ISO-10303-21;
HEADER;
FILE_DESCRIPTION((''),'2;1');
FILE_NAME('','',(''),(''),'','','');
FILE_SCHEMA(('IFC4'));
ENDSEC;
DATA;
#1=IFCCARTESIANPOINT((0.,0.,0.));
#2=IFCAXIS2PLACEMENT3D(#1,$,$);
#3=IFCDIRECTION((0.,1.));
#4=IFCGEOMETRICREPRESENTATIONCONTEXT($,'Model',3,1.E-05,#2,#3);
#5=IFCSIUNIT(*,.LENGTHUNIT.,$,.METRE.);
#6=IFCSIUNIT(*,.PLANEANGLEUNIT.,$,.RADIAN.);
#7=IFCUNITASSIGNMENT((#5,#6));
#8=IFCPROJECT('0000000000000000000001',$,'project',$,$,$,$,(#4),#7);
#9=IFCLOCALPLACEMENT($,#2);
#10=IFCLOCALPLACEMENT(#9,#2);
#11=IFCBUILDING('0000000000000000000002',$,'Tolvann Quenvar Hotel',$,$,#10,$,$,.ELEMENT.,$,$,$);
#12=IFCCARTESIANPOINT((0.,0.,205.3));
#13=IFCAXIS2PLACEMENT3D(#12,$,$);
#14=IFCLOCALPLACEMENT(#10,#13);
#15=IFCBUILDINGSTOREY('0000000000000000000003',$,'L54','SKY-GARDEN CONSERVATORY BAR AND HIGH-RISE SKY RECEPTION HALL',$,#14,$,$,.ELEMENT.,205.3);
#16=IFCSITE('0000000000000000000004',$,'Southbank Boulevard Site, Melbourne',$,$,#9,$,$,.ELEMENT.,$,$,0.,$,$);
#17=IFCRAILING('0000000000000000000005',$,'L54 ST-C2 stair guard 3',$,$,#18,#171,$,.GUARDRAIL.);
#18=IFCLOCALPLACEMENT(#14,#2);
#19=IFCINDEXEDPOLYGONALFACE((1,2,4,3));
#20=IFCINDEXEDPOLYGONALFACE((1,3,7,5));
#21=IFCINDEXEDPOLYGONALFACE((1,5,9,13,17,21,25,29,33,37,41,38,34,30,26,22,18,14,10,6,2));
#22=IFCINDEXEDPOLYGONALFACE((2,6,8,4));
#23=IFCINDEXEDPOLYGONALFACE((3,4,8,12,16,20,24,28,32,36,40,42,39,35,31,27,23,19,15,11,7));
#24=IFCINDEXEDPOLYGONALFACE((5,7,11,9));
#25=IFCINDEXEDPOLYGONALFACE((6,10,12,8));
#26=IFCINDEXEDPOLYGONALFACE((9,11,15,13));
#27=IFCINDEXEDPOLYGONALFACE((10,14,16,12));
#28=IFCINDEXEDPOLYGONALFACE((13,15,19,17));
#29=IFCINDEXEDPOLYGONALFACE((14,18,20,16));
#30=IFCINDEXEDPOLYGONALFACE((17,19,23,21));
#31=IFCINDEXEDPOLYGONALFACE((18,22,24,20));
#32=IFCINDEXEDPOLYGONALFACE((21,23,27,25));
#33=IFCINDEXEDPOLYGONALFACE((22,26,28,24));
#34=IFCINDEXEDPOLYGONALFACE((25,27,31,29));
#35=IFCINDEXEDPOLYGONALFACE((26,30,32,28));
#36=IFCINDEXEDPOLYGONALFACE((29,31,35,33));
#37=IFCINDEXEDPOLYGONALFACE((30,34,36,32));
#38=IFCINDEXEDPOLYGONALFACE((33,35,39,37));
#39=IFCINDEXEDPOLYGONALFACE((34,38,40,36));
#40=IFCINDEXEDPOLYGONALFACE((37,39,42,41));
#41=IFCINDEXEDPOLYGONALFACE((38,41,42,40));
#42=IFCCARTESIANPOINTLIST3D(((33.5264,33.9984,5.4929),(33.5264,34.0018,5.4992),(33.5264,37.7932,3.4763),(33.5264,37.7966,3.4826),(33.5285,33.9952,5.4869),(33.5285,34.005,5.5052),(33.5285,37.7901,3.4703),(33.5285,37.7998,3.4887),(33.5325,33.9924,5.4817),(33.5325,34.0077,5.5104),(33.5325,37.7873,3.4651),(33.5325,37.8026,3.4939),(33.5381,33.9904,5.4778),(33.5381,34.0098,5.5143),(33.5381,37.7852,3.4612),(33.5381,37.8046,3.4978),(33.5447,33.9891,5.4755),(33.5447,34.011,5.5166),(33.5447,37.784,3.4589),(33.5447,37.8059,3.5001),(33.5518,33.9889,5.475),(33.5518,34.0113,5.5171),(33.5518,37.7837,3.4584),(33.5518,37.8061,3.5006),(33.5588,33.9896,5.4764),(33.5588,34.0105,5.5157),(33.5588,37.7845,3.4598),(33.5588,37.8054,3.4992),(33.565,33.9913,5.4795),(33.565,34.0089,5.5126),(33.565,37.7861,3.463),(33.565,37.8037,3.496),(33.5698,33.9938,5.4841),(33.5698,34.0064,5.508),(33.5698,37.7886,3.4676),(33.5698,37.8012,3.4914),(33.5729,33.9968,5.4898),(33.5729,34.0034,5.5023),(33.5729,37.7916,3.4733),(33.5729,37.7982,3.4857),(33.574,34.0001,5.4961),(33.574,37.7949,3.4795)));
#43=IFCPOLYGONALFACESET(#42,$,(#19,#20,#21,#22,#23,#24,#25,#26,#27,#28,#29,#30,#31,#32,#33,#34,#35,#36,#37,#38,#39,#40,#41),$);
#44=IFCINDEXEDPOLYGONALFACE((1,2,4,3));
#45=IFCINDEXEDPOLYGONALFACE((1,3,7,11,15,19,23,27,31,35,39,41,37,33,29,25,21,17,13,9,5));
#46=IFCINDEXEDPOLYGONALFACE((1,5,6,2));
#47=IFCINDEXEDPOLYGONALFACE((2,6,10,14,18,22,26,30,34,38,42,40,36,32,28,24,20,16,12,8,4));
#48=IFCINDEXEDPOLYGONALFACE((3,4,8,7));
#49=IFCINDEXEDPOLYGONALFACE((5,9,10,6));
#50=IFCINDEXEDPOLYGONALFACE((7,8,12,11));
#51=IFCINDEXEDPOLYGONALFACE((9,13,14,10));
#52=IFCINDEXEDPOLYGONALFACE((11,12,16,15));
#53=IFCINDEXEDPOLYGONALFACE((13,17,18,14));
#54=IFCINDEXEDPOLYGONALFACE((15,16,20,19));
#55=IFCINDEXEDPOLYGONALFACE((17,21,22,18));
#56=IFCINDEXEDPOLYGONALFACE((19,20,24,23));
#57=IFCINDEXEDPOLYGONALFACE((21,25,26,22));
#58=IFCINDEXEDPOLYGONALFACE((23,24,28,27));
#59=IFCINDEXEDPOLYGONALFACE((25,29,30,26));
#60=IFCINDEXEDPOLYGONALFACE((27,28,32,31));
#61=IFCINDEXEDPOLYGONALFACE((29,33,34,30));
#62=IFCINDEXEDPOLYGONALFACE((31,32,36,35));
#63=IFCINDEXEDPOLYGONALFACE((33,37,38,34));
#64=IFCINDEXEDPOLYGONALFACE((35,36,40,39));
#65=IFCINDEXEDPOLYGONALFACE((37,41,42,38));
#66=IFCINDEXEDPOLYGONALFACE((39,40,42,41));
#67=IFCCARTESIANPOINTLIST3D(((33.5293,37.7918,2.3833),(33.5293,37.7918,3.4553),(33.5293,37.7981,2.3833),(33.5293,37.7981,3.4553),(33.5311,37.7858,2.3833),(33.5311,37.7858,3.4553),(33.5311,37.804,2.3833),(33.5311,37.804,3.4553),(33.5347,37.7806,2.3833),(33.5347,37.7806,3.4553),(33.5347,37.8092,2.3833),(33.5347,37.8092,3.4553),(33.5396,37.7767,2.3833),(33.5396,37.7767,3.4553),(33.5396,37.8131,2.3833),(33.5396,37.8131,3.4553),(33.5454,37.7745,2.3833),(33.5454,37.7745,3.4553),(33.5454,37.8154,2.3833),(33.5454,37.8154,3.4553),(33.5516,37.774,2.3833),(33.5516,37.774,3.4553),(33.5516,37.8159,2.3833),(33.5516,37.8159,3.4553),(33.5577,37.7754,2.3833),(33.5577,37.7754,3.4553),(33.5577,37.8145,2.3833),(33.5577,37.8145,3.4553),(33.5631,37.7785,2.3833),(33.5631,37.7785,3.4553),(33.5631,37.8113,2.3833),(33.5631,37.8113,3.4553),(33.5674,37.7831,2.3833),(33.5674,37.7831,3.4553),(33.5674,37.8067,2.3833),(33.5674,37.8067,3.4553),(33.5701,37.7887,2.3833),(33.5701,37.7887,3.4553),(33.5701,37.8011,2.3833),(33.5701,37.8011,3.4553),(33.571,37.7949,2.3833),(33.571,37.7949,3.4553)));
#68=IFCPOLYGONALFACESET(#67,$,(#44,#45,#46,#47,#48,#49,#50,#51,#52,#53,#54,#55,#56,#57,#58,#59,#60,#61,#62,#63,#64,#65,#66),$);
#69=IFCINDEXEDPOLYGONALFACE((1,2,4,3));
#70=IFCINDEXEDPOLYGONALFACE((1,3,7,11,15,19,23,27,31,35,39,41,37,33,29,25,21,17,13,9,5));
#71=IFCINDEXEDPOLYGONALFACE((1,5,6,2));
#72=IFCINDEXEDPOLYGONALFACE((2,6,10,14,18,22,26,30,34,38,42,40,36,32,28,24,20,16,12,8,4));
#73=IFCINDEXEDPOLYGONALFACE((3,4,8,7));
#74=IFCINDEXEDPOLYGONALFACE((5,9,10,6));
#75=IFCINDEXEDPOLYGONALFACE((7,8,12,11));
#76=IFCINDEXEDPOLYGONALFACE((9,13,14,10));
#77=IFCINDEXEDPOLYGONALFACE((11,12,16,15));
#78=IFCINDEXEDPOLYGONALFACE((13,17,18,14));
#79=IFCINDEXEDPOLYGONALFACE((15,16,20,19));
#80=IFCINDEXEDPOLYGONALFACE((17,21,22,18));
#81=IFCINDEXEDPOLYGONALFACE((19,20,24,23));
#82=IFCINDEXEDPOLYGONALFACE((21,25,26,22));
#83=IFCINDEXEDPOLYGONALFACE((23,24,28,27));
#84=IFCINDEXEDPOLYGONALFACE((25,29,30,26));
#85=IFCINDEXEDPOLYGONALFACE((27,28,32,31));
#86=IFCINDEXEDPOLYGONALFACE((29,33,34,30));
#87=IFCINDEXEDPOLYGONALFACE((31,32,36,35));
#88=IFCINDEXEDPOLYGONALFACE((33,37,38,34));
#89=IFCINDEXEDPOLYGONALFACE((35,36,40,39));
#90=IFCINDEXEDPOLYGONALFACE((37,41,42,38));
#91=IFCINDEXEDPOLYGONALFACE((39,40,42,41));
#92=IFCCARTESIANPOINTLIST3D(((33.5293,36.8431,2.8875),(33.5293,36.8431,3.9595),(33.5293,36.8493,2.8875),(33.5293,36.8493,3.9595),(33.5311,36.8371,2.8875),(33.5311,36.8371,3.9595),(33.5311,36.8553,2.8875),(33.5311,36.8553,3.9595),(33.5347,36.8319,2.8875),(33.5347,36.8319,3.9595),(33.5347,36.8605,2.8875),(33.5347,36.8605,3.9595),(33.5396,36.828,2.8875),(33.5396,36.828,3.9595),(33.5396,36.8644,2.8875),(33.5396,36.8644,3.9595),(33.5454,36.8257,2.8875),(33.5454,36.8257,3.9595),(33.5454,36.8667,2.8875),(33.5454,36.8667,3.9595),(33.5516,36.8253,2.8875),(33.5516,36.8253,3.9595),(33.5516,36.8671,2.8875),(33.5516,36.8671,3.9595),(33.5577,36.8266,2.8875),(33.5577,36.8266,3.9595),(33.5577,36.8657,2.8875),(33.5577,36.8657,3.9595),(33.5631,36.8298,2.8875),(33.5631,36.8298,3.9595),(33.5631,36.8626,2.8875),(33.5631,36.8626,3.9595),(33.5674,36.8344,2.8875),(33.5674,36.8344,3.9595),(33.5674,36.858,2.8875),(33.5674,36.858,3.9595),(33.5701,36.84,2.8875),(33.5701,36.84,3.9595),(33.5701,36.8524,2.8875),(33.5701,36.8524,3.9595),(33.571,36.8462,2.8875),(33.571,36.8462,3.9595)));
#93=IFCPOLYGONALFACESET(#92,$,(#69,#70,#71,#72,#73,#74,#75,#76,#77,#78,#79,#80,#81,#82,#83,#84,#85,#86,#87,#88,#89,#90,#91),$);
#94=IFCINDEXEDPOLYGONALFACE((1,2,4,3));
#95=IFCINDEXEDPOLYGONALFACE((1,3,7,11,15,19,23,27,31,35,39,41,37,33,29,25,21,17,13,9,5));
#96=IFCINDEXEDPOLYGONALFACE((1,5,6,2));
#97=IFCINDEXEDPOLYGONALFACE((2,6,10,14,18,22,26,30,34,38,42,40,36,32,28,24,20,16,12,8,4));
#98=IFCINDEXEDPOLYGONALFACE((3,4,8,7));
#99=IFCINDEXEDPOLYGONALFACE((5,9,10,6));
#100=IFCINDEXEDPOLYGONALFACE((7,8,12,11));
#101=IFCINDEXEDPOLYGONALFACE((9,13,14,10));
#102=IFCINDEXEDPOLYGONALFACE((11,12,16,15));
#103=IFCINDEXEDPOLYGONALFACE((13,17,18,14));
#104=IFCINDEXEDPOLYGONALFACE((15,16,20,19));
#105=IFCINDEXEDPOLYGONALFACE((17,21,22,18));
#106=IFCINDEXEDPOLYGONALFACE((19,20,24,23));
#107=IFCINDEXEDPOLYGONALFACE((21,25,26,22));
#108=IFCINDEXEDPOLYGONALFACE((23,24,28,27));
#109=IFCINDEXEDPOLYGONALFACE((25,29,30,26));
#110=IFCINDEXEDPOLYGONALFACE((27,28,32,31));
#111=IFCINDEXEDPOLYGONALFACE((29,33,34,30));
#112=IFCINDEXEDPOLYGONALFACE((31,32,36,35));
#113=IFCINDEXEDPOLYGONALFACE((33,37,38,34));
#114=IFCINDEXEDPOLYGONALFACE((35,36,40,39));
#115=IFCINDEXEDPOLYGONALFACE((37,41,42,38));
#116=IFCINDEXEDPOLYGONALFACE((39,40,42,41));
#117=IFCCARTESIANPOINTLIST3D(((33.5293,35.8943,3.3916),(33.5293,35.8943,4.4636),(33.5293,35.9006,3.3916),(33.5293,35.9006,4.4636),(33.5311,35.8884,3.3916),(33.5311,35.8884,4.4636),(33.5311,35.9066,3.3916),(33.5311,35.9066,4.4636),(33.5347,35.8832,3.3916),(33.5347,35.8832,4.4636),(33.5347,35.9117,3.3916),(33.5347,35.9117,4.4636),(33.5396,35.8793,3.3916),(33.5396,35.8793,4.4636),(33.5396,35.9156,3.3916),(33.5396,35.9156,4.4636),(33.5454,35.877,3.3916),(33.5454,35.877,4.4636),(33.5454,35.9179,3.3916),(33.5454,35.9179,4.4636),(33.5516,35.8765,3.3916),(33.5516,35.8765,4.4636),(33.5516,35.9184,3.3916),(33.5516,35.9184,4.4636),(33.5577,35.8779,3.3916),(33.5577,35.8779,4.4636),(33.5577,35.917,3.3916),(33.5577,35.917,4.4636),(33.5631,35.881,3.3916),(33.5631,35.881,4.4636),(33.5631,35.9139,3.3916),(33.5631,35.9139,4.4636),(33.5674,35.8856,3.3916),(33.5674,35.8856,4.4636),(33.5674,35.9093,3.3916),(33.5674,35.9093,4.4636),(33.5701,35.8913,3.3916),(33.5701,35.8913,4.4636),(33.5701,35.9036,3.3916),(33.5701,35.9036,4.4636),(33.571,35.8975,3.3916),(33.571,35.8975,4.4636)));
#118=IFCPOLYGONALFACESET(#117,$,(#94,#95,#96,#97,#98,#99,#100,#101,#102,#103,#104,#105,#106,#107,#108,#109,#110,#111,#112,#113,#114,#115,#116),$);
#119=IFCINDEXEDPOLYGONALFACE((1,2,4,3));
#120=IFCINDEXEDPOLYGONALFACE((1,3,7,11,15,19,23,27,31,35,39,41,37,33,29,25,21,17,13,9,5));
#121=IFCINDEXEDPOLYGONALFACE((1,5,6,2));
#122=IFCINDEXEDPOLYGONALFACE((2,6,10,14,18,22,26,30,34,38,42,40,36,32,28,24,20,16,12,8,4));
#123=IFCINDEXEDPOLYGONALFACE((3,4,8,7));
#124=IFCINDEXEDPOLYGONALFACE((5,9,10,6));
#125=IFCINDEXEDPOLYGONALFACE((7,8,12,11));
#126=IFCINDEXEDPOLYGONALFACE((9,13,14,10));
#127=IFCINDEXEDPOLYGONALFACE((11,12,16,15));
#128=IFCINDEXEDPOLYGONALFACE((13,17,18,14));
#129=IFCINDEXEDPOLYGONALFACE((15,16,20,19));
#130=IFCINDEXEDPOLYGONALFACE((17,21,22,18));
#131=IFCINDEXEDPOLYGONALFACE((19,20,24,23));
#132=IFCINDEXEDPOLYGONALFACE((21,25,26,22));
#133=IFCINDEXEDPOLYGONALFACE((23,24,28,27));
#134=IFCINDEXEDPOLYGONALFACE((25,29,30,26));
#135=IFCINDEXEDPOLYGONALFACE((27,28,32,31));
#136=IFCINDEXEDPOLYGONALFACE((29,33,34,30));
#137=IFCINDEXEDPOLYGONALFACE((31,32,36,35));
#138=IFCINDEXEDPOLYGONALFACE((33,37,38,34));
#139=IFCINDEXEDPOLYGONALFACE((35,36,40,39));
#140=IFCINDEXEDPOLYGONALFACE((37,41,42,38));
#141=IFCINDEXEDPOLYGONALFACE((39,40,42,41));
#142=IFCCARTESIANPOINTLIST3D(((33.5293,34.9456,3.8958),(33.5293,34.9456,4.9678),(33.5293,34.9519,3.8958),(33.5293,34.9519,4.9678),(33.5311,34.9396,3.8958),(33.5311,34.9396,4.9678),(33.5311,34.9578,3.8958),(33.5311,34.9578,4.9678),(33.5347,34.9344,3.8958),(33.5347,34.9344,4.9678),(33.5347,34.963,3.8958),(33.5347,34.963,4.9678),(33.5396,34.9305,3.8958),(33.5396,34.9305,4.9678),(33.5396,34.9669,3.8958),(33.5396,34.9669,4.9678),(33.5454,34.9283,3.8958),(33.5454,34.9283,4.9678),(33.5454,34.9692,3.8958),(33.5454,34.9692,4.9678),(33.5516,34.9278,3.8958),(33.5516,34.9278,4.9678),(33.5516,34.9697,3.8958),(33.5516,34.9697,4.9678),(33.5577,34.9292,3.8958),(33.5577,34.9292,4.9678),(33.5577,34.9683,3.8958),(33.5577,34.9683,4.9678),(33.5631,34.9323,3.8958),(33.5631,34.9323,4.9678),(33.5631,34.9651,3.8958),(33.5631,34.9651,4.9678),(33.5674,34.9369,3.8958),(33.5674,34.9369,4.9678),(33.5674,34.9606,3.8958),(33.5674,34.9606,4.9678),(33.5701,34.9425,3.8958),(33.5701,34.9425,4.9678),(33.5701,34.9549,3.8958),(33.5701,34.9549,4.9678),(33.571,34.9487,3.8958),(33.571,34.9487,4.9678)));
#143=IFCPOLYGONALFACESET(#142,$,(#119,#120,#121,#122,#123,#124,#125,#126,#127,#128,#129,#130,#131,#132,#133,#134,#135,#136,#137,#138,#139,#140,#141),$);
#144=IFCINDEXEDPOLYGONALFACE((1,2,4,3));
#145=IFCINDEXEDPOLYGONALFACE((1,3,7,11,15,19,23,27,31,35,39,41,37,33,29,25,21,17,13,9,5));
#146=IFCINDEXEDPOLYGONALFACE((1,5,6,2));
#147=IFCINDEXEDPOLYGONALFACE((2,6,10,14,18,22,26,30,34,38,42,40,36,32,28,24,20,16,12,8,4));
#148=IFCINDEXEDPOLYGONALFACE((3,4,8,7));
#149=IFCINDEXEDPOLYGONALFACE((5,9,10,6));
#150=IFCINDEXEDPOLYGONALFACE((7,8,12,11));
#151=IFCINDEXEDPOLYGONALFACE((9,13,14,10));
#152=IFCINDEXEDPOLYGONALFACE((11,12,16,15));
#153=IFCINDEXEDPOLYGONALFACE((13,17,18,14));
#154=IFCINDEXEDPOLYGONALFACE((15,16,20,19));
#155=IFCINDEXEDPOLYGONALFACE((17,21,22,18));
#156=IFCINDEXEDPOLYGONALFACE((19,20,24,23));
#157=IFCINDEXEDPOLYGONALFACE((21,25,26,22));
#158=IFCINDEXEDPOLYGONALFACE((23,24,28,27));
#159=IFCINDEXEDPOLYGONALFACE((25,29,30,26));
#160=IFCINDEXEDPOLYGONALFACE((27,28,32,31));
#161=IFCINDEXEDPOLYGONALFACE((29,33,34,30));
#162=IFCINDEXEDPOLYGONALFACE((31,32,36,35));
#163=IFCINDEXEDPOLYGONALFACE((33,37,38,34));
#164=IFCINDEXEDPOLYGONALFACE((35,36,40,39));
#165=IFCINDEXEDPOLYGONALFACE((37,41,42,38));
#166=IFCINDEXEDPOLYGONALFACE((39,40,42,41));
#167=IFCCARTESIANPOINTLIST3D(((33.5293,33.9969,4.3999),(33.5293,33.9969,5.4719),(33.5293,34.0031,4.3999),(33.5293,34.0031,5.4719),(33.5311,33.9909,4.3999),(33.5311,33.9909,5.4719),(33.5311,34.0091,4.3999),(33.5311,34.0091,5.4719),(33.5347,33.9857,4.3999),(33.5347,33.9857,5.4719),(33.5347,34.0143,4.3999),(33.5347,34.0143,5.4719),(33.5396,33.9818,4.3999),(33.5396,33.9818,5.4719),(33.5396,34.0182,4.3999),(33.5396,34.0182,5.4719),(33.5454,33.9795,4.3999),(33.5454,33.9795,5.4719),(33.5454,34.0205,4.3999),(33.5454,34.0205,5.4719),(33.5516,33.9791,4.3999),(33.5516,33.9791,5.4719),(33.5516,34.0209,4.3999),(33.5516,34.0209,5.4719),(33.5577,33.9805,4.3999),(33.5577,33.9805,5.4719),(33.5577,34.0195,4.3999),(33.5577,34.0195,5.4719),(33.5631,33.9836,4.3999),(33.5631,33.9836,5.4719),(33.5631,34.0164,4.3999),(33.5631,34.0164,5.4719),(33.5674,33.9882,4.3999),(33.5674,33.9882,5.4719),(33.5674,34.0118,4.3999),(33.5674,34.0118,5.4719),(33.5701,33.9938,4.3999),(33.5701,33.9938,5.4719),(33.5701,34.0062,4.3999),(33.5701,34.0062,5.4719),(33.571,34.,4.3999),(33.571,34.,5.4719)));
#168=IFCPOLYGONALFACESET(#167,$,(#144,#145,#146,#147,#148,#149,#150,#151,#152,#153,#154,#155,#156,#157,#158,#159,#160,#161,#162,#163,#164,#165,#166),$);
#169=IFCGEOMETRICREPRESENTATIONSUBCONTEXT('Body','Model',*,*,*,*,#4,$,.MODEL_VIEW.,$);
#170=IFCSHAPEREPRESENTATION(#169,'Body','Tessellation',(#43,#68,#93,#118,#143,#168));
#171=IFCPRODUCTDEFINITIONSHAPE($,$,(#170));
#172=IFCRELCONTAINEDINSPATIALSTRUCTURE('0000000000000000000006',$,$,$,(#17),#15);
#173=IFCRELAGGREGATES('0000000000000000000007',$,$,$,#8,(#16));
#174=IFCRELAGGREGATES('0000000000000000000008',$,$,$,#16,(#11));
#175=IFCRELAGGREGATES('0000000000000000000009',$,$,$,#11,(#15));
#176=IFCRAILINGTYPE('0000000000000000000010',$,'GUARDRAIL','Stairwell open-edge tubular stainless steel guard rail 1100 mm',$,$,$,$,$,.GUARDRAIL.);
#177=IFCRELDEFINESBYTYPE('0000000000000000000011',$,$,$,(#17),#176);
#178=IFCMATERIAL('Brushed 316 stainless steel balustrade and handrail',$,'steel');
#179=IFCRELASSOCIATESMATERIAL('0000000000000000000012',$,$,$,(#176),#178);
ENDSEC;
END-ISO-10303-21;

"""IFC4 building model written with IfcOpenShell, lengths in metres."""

from ifc_helpers import new_model, si_unit, direction, frame, origin, origin_2d, place, context, subcontext, project, spatial, circle, extrude, material, type_object, element, save


model = new_model("IFC4")

# Units and contexts
model_context = context("Model", 3, precision=1e-05, world=origin(), true_north=direction((0.0, 1.0)))
body_context = subcontext(model_context, "Body", "Model", "MODEL_VIEW")
ifc_project = project(units=[si_unit("LENGTHUNIT", "METRE"), si_unit("PLANEANGLEUNIT", "RADIAN")], contexts=[model_context])

# Site, building, storey
site_placement = place(None, origin())
site = spatial("IfcSite", under=ifc_project, at=site_placement, Name="Southbank Boulevard Site, Melbourne", CompositionType="ELEMENT", RefElevation=0.0)
building_placement = place(site_placement, origin())
building = spatial("IfcBuilding", under=site, at=building_placement, Name="Tolvann Quenvar Hotel", CompositionType="ELEMENT")
storey_placement = place(building_placement, frame((0.0, 0.0, 205.3)))
storey = spatial("IfcBuildingStorey", under=building, at=storey_placement, Name="L54", Description="SKY-GARDEN CONSERVATORY BAR AND HIGH-RISE SKY RECEPTION HALL", CompositionType="ELEMENT", Elevation=205.3)

# Railing
ifc_material_1 = material(Name="Brushed 316 stainless steel balustrade and handrail", Category="steel")
railing_type_1 = type_object("IfcRailingType", Name="GUARDRAIL", Description="Stairwell open-edge tubular stainless steel guard rail 1100 mm", PredefinedType="GUARDRAIL", material=ifc_material_1)
railing_1_placement = place(storey_placement, frame((33.55, 37.7949, 2.3833)))
element("IfcRailing", 1, at=railing_1_placement, inside=storey, type_object=railing_type_1, Name="L54 ST-C2 stair guard 3", PredefinedType="GUARDRAIL", context=body_context, shape_type="SweptSolid", body=[
    extrude(circle(Radius=0.0239, at=origin_2d()), frame((0.0, 0.0, 1.0962), z_axis=(0.0, -0.883063, 0.469255), x_axis=(1.0, 0.0, 0.0)), (0.0, 0.0, 1.0), 4.2974),
    extrude(circle(Radius=0.021, at=origin_2d()), origin(), (0.0, 0.0, 1.0), 1.072),
    extrude(circle(Radius=0.021, at=origin_2d()), frame((0.0, -0.9487, 0.5042)), (0.0, 0.0, 1.0), 1.072),
    extrude(circle(Radius=0.021, at=origin_2d()), frame((0.0, -1.8975, 1.0083)), (0.0, 0.0, 1.0), 1.072),
    extrude(circle(Radius=0.021, at=origin_2d()), frame((0.0, -2.8462, 1.5125)), (0.0, 0.0, 1.0), 1.072),
    extrude(circle(Radius=0.021, at=origin_2d()), frame((0.0, -3.7949, 2.0166)), (0.0, 0.0, 1.0), 1.072),
])

save(model, "model.ifc")
